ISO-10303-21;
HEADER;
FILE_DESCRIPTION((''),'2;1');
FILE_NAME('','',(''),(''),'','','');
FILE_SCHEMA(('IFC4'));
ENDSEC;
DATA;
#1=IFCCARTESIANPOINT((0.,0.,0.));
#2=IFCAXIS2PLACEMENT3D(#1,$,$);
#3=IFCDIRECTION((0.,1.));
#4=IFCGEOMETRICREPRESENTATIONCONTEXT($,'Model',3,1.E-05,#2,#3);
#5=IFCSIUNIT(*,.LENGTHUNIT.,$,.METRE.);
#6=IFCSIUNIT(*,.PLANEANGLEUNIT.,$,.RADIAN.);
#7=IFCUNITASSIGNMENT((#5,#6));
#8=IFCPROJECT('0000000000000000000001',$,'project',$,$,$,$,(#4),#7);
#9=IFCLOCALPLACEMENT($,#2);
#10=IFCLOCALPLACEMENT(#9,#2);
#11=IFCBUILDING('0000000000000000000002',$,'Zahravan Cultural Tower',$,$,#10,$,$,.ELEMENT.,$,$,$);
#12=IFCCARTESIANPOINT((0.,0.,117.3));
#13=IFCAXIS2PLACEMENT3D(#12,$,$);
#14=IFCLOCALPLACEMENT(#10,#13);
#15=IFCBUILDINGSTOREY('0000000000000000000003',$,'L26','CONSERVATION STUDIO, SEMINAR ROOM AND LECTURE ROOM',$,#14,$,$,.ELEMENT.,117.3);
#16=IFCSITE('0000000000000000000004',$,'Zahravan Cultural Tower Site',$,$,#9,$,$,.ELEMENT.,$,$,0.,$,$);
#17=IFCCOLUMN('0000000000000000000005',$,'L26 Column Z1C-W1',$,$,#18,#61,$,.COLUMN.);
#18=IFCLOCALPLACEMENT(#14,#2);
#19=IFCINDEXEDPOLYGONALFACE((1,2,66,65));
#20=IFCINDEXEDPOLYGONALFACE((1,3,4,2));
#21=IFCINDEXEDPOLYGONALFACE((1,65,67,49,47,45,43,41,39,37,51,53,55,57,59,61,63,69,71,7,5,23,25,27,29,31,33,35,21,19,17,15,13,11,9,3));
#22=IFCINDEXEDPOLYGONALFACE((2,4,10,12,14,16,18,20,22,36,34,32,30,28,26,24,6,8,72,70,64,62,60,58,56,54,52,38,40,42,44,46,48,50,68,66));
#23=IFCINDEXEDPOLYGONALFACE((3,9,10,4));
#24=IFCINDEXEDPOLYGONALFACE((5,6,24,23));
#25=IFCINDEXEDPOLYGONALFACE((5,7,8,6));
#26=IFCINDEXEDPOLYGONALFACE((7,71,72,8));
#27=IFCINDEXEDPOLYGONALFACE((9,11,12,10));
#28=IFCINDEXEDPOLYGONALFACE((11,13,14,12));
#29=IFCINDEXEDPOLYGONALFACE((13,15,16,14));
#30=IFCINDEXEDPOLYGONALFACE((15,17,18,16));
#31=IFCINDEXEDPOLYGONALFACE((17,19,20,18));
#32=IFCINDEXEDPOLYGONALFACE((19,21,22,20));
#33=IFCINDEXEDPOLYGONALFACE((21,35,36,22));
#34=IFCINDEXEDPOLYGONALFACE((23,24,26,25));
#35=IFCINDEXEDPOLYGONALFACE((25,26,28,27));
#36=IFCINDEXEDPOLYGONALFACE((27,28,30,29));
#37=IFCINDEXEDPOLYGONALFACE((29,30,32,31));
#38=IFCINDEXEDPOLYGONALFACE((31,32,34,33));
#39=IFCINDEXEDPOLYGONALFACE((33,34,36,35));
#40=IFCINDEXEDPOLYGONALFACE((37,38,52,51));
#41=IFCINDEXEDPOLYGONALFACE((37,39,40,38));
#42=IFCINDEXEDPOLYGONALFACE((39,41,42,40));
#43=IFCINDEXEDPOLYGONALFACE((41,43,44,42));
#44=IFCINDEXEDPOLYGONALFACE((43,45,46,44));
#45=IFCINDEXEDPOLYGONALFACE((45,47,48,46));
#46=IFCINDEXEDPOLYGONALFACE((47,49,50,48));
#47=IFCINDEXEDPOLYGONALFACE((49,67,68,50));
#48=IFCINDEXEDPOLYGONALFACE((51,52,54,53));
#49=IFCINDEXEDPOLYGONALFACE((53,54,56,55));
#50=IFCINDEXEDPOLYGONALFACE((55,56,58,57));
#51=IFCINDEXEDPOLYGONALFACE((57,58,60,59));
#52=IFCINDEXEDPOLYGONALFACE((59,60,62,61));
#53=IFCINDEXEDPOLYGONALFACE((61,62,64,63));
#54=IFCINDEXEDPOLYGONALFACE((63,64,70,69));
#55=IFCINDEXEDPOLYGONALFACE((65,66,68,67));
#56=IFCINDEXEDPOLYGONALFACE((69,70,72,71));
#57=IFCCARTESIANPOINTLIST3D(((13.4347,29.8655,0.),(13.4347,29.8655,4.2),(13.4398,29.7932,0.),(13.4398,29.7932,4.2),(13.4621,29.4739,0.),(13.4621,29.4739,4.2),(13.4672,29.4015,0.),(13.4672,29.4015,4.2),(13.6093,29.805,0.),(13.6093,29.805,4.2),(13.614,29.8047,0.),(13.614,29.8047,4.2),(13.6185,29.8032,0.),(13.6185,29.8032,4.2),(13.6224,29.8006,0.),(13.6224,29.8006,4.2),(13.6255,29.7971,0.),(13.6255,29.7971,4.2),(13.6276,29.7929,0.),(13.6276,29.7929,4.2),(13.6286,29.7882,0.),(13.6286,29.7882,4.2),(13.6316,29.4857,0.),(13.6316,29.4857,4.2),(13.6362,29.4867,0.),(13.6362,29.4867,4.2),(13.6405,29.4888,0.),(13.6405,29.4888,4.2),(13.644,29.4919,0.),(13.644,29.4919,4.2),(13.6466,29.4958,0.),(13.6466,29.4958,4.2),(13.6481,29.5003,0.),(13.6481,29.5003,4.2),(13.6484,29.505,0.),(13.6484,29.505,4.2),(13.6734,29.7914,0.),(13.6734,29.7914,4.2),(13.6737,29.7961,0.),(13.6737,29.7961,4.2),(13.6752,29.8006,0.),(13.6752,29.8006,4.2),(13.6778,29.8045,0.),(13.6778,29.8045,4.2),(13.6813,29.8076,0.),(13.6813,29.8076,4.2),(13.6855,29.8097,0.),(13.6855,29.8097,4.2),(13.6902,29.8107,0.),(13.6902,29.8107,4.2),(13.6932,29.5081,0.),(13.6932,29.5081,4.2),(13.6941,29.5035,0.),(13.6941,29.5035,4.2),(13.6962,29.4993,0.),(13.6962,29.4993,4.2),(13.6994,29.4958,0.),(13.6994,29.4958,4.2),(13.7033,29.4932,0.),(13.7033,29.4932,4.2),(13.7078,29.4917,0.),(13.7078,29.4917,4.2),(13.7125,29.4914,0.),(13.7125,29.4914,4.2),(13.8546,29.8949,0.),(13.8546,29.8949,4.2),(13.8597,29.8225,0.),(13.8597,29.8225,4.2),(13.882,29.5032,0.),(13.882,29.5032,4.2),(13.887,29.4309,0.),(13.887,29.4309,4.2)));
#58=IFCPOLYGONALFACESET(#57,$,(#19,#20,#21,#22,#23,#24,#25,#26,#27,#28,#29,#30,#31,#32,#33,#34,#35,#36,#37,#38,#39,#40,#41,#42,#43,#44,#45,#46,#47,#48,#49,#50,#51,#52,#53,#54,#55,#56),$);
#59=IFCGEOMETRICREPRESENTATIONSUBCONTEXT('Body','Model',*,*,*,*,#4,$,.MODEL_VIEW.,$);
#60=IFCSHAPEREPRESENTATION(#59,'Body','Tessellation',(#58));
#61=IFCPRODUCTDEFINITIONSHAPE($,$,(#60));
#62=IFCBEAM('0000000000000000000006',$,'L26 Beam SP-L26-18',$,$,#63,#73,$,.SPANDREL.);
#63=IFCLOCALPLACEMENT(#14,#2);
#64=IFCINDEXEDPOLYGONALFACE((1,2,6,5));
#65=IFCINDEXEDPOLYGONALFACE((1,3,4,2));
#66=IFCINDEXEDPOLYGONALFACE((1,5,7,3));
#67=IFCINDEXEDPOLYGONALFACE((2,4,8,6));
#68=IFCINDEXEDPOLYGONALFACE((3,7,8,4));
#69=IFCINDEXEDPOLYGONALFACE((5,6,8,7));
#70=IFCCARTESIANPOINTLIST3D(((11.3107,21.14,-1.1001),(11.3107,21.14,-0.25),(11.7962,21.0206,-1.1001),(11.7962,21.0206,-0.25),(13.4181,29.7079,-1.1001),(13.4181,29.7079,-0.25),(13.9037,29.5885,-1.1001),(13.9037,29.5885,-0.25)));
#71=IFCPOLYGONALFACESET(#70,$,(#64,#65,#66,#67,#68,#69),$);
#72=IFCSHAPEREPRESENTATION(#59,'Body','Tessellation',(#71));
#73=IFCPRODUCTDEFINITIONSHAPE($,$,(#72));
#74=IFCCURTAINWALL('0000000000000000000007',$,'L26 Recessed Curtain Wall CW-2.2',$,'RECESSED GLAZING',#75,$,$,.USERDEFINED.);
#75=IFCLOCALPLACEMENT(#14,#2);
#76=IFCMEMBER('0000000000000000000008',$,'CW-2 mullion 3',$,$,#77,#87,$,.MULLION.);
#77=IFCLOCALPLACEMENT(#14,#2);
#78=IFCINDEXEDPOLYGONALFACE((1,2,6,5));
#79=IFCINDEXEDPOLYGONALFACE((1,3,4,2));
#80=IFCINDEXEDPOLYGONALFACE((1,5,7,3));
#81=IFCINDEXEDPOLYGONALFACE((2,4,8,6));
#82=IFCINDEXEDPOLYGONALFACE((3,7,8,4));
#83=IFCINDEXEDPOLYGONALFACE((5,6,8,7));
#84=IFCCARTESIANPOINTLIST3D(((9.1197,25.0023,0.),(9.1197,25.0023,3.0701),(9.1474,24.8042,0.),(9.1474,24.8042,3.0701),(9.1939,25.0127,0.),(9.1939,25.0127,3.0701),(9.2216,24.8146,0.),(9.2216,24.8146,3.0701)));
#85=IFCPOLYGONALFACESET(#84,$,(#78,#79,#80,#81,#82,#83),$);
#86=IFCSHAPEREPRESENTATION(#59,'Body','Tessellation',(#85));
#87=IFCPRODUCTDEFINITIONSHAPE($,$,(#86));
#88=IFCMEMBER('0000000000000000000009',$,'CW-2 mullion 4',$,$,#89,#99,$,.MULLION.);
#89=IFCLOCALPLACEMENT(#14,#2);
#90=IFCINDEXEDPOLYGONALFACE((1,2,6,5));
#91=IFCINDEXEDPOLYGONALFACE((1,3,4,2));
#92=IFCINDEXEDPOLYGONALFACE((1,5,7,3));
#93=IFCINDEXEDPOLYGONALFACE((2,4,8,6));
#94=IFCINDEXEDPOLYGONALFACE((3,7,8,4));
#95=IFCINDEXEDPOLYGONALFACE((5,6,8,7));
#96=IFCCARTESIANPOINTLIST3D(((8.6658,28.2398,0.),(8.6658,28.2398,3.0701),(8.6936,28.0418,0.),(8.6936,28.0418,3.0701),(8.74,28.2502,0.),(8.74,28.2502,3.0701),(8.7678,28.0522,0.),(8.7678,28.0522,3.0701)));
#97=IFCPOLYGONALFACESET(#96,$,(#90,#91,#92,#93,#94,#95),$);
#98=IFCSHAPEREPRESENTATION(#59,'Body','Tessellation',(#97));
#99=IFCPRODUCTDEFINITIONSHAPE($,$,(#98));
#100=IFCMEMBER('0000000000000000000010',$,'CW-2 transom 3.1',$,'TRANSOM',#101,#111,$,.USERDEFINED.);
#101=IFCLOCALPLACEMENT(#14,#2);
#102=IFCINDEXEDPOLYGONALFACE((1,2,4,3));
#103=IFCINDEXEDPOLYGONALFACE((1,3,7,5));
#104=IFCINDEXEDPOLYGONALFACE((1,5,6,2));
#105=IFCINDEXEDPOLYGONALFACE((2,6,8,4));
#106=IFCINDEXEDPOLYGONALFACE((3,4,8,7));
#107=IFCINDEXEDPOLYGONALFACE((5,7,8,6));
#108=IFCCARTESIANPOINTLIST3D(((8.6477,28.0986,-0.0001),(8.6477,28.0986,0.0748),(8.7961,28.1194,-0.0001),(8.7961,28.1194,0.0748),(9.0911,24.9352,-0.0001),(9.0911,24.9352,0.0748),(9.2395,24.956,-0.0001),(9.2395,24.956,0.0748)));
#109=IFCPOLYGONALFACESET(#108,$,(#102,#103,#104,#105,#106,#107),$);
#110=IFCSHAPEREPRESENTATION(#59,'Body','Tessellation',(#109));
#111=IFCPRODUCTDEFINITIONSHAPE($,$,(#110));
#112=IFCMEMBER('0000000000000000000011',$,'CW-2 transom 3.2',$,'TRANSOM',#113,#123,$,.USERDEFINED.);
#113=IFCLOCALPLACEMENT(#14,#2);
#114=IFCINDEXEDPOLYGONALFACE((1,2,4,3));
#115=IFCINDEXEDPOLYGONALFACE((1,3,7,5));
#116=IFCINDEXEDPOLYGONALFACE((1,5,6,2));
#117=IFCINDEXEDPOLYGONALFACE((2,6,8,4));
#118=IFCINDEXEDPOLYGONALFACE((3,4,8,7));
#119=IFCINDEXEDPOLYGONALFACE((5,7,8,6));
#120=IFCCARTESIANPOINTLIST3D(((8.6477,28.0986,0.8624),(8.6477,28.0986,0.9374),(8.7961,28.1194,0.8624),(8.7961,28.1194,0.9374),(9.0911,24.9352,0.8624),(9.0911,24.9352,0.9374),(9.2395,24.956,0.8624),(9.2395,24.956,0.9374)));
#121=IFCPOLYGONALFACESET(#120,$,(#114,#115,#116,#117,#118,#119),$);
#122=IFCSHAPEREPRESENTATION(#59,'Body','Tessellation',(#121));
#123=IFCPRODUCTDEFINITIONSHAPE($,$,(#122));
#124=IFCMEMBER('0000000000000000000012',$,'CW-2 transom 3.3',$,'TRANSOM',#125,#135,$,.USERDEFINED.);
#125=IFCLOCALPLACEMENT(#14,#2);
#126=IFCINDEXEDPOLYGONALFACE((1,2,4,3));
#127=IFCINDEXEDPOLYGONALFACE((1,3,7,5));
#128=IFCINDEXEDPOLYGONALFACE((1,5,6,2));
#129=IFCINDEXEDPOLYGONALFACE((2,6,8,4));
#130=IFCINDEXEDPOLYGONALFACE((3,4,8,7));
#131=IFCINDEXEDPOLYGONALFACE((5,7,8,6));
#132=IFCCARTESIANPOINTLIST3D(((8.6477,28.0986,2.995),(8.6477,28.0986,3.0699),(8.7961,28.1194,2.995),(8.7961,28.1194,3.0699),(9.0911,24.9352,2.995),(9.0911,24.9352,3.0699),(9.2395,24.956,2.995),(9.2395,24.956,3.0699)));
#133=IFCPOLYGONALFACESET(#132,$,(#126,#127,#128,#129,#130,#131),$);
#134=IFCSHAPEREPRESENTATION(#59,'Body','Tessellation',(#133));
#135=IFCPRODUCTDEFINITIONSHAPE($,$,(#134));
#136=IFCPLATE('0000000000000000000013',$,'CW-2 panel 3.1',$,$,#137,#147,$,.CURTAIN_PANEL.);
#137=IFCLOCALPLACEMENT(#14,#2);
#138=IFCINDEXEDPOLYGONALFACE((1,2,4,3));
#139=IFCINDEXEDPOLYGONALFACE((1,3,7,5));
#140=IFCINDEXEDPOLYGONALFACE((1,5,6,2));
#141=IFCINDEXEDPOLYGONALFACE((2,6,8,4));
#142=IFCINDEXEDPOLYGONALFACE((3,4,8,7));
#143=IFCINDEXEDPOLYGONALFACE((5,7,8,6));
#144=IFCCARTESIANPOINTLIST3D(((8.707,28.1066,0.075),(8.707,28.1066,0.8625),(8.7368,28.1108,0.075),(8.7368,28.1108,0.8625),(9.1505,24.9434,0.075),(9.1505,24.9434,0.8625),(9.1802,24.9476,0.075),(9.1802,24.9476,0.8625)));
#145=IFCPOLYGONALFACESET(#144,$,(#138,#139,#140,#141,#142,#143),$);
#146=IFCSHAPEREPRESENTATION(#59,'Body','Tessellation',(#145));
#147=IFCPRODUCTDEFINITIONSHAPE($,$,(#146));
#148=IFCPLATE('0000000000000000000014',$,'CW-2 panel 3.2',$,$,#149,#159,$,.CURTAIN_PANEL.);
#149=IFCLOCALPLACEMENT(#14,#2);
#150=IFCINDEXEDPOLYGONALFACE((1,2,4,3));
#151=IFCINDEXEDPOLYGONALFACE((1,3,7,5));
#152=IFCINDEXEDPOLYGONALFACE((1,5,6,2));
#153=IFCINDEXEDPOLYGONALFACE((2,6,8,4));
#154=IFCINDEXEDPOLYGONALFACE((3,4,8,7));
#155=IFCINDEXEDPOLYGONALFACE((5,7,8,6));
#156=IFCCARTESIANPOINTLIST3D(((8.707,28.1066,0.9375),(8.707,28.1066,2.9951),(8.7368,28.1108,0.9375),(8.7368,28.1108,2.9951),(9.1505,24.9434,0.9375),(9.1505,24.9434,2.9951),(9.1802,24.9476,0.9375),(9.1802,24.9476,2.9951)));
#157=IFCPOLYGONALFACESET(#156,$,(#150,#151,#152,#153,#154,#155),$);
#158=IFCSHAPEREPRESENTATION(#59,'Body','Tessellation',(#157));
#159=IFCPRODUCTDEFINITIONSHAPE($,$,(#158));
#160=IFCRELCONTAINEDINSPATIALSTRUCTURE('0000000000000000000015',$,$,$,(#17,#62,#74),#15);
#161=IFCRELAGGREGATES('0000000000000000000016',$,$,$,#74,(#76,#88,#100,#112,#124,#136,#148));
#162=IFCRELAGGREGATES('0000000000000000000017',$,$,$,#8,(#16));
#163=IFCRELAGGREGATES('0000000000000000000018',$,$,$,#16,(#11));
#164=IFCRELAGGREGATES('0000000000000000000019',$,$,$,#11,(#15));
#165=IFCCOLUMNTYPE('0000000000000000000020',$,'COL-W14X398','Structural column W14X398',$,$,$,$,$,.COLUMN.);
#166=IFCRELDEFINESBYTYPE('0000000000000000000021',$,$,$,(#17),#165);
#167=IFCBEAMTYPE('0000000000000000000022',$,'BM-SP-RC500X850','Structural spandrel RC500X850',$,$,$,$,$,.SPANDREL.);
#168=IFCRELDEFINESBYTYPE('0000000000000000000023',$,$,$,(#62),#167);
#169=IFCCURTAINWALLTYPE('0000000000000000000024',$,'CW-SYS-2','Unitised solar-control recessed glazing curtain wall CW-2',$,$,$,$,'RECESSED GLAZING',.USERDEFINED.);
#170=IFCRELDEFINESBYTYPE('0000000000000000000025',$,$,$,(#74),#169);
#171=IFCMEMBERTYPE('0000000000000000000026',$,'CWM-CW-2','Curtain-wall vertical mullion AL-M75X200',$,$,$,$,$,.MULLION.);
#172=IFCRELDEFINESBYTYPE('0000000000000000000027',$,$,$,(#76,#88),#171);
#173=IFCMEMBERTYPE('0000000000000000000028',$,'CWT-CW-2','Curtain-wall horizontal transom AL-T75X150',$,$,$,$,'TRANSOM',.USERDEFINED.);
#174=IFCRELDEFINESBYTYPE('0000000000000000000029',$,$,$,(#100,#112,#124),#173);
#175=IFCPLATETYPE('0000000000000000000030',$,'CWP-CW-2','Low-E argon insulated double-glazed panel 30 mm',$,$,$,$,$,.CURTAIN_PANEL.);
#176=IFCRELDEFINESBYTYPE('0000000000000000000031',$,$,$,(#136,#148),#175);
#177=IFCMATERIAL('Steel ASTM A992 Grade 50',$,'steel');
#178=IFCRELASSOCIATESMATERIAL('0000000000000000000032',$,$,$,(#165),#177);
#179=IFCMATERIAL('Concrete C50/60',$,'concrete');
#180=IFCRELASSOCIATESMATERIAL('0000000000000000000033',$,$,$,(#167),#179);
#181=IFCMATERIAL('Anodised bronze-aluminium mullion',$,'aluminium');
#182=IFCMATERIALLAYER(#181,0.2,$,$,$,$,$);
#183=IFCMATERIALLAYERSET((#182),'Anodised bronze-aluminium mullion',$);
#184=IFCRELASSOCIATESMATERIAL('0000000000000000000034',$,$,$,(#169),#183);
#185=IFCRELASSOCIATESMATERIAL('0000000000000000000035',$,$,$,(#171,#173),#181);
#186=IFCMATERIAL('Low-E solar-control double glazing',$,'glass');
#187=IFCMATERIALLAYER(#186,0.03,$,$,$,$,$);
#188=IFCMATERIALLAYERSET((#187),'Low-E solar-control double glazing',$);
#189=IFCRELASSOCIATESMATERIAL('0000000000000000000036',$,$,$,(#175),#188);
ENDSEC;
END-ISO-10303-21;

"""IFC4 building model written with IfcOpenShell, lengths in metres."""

from ifc_helpers import new_model, si_unit, direction, frame, origin, origin_2d, place, context, subcontext, project, spatial, rectangle, i_section, extrude, source, transform, mapped, material, layer, layer_set, material_profile, profile_set, type_object, element, aggregate, save


model = new_model("IFC4")

# Units and contexts
model_context = context("Model", 3, precision=1e-05, world=origin(), true_north=direction((0.0, 1.0)))
body_context = subcontext(model_context, "Body", "Model", "MODEL_VIEW")
ifc_project = project(units=[si_unit("LENGTHUNIT", "METRE"), si_unit("PLANEANGLEUNIT", "RADIAN")], contexts=[model_context])

# Site, building, storey
site_placement = place(None, origin())
site = spatial("IfcSite", under=ifc_project, at=site_placement, Name="Zahravan Cultural Tower Site", CompositionType="ELEMENT", RefElevation=0.0)
building_placement = place(site_placement, origin())
building = spatial("IfcBuilding", under=site, at=building_placement, Name="Zahravan Cultural Tower", CompositionType="ELEMENT")
storey_placement = place(building_placement, frame((0.0, 0.0, 117.3)))
storey = spatial("IfcBuildingStorey", under=building, at=storey_placement, Name="L26", Description="CONSERVATION STUDIO, SEMINAR ROOM AND LECTURE ROOM", CompositionType="ELEMENT", Elevation=117.3)

# Column
ifc_material_1 = material(Name="Steel ASTM A992 Grade 50", Category="steel")
ifc_material_profile_1 = material_profile(ifc_material_1, i_section(OverallWidth=0.4209, OverallDepth=0.4651, WebThickness=0.0449, FlangeThickness=0.0725, FilletRadius=0.0181, at=origin_2d()), Name="W14X398")
ifc_profile_set_1 = profile_set([ifc_material_profile_1], Name="Steel ASTM A992 Grade 50")
column_type = type_object("IfcColumnType", Name="COL-W14X398", Description="Structural column W14X398", PredefinedType="COLUMN", material=ifc_profile_set_1)
shared_shape_1 = source(origin(), body_context, "Body", "SweptSolid", [
    extrude(i_section(OverallWidth=0.4209, OverallDepth=0.4651, WebThickness=0.0449, FlangeThickness=0.0725, FilletRadius=0.0181, at=origin_2d()), origin(), (0.0, 0.0, 1.0), 4.2),
])
column_placement = place(storey_placement, frame((13.6609, 29.6482, 0.0), z_axis=(0.0, 0.0, 1.0), x_axis=(0.997564, 0.069756, 0.0)))
element("IfcColumn", 1, at=column_placement, inside=storey, type_object=column_type, Name="L26 Column Z1C-W1", PredefinedType="COLUMN", context=body_context, shape_type="MappedRepresentation", body=[
    mapped(shared_shape_1, transform((0.0, 0.0, 0.0), x_axis=(1.0, 0.0, 0.0), y_axis=(0.0, 1.0, 0.0), z_axis=(0.0, 0.0, 1.0), scale=1.0)),
])

# Beam
ifc_material_2 = material(Name="Concrete C50/60", Category="concrete")
ifc_material_profile_2 = material_profile(ifc_material_2, rectangle(XDim=0.5, YDim=0.8501, at=origin_2d()), Name="RC500X850")
ifc_profile_set_2 = profile_set([ifc_material_profile_2], Name="Concrete C50/60")
beam_type = type_object("IfcBeamType", Name="BM-SP-RC500X850", Description="Structural spandrel RC500X850", PredefinedType="SPANDREL", material=ifc_profile_set_2)
shared_shape_2 = source(origin(), body_context, "Body", "SweptSolid", [
    extrude(rectangle(XDim=0.5, YDim=0.8501, at=origin_2d()), origin(), (0.0, 0.0, 1.0), 8.8232),
])
beam_placement = place(storey_placement, frame((13.6609, 29.6482, -0.675), z_axis=(-0.238849, -0.971057, 0.0), x_axis=(0.971057, -0.238849, 0.0)))
element("IfcBeam", 2, at=beam_placement, inside=storey, type_object=beam_type, Name="L26 Beam SP-L26-18", PredefinedType="SPANDREL", context=body_context, shape_type="MappedRepresentation", body=[
    mapped(shared_shape_2, transform((0.0, 0.0, 0.0), x_axis=(1.0, 0.0, 0.0), y_axis=(0.0, 1.0, 0.0), z_axis=(0.0, 0.0, 1.0), scale=1.0)),
])

# Curtain wall, members, plates
ifc_material_3 = material(Name="Anodised bronze-aluminium mullion", Category="aluminium")
ifc_layer_1 = layer(ifc_material_3, 0.2)
ifc_layer_set_1 = layer_set([ifc_layer_1], Name="Anodised bronze-aluminium mullion")
curtain_wall_type = type_object("IfcCurtainWallType", Name="CW-SYS-2", Description="Unitised solar-control recessed glazing curtain wall CW-2", ElementType="RECESSED GLAZING", PredefinedType="USERDEFINED", material=ifc_layer_set_1)
curtain_wall_placement = place(storey_placement, origin())
curtain_wall = element("IfcCurtainWall", 3, at=curtain_wall_placement, inside=storey, type_object=curtain_wall_type, Name="L26 Recessed Curtain Wall CW-2.2", ObjectType="RECESSED GLAZING", PredefinedType="USERDEFINED")
ifc_material_profile_3 = material_profile(ifc_material_3, rectangle(XDim=0.075, YDim=0.2, at=origin_2d()), Name="AL-M75X200")
ifc_profile_set_3 = profile_set([ifc_material_profile_3], Name="Anodised bronze-aluminium mullion")
member_type_1 = type_object("IfcMemberType", Name="CWM-CW-2", Description="Curtain-wall vertical mullion AL-M75X200", PredefinedType="MULLION", material=ifc_profile_set_3)
shared_shape_3 = source(origin(), body_context, "Body", "SweptSolid", [
    extrude(rectangle(XDim=0.075, YDim=0.2, at=origin_2d()), origin(), (0.0, 0.0, 1.0), 3.0701),
])
member_1_placement = place(storey_placement, frame((9.1707, 24.9084, 0.0), z_axis=(0.0, 0.0, 1.0), x_axis=(-0.990316, -0.13883, 0.0)))
member_1 = element("IfcMember", 4, at=member_1_placement, type_object=member_type_1, Name="CW-2 mullion 3", PredefinedType="MULLION", context=body_context, shape_type="MappedRepresentation", body=[
    mapped(shared_shape_3, transform((0.0, 0.0, 0.0), x_axis=(1.0, 0.0, 0.0), y_axis=(0.0, 1.0, 0.0), z_axis=(0.0, 0.0, 1.0), scale=1.0)),
])
member_2_placement = place(storey_placement, frame((8.7168, 28.146, 0.0), z_axis=(0.0, 0.0, 1.0), x_axis=(-0.990316, -0.13883, 0.0)))
member_2 = element("IfcMember", 5, at=member_2_placement, type_object=member_type_1, Name="CW-2 mullion 4", PredefinedType="MULLION", context=body_context, shape_type="MappedRepresentation", body=[
    mapped(shared_shape_3, transform((0.0, 0.0, 0.0), x_axis=(1.0, 0.0, 0.0), y_axis=(0.0, 1.0, 0.0), z_axis=(0.0, 0.0, 1.0), scale=1.0)),
])
ifc_material_profile_4 = material_profile(ifc_material_3, rectangle(XDim=0.1499, YDim=0.075, at=origin_2d()), Name="AL-T75X150")
ifc_profile_set_4 = profile_set([ifc_material_profile_4], Name="Anodised bronze-aluminium mullion")
member_type_2 = type_object("IfcMemberType", Name="CWT-CW-2", Description="Curtain-wall horizontal transom AL-T75X150", ElementType="TRANSOM", PredefinedType="USERDEFINED", material=ifc_profile_set_4)
shared_shape_4 = source(origin(), body_context, "Body", "SweptSolid", [
    extrude(rectangle(XDim=0.1499, YDim=0.075, at=origin_2d()), origin(), (0.0, 0.0, 1.0), 3.1943),
])
member_3_placement = place(storey_placement, frame((9.1653, 24.9456, 0.0374), z_axis=(-0.138799, 0.990321, 0.0), x_axis=(-0.990321, -0.138799, 0.0)))
member_3 = element("IfcMember", 6, at=member_3_placement, type_object=member_type_2, Name="CW-2 transom 3.1", ObjectType="TRANSOM", PredefinedType="USERDEFINED", context=body_context, shape_type="MappedRepresentation", body=[
    mapped(shared_shape_4, transform((0.0, 0.0, 0.0), x_axis=(1.0, 0.0, 0.0), y_axis=(0.0, 1.0, 0.0), z_axis=(0.0, 0.0, 1.0), scale=1.0)),
])
member_4_placement = place(storey_placement, frame((9.1653, 24.9456, 0.8999), z_axis=(-0.138799, 0.990321, 0.0), x_axis=(-0.990321, -0.138799, 0.0)))
member_4 = element("IfcMember", 7, at=member_4_placement, type_object=member_type_2, Name="CW-2 transom 3.2", ObjectType="TRANSOM", PredefinedType="USERDEFINED", context=body_context, shape_type="MappedRepresentation", body=[
    mapped(shared_shape_4, transform((0.0, 0.0, 0.0), x_axis=(1.0, 0.0, 0.0), y_axis=(0.0, 1.0, 0.0), z_axis=(0.0, 0.0, 1.0), scale=1.0)),
])
member_5_placement = place(storey_placement, frame((9.1653, 24.9456, 3.0325), z_axis=(-0.138799, 0.990321, 0.0), x_axis=(-0.990321, -0.138799, 0.0)))
member_5 = element("IfcMember", 8, at=member_5_placement, type_object=member_type_2, Name="CW-2 transom 3.3", ObjectType="TRANSOM", PredefinedType="USERDEFINED", context=body_context, shape_type="MappedRepresentation", body=[
    mapped(shared_shape_4, transform((0.0, 0.0, 0.0), x_axis=(1.0, 0.0, 0.0), y_axis=(0.0, 1.0, 0.0), z_axis=(0.0, 0.0, 1.0), scale=1.0)),
])
ifc_material_4 = material(Name="Low-E solar-control double glazing", Category="glass")
ifc_layer_2 = layer(ifc_material_4, 0.03)
ifc_layer_set_2 = layer_set([ifc_layer_2], Name="Low-E solar-control double glazing")
plate_type = type_object("IfcPlateType", Name="CWP-CW-2", Description="Low-E argon insulated double-glazed panel 30 mm", PredefinedType="CURTAIN_PANEL", material=ifc_layer_set_2)
shared_shape_5 = source(origin(), body_context, "Body", "SweptSolid", [
    extrude(rectangle(XDim=3.1941, YDim=0.03, at=origin_2d()), origin(), (0.0, 0.0, 1.0), 0.7876),
])
plate_1_placement = place(storey_placement, frame((8.9436, 26.5271, 0.075), z_axis=(0.0, 0.0, 1.0), x_axis=(-0.13883, 0.990316, 0.0)))
plate_1 = element("IfcPlate", 9, at=plate_1_placement, type_object=plate_type, Name="CW-2 panel 3.1", PredefinedType="CURTAIN_PANEL", context=body_context, shape_type="MappedRepresentation", body=[
    mapped(shared_shape_5, transform((0.0, 0.0, 0.0), x_axis=(1.0, 0.0, 0.0), y_axis=(0.0, 1.0, 0.0), z_axis=(0.0, 0.0, 1.0), scale=1.0)),
])
shared_shape_6 = source(origin(), body_context, "Body", "SweptSolid", [
    extrude(rectangle(XDim=3.1941, YDim=0.03, at=origin_2d()), origin(), (0.0, 0.0, 1.0), 2.0576),
])
plate_2_placement = place(storey_placement, frame((8.9436, 26.5271, 0.9375), z_axis=(0.0, 0.0, 1.0), x_axis=(-0.13883, 0.990316, 0.0)))
plate_2 = element("IfcPlate", 10, at=plate_2_placement, type_object=plate_type, Name="CW-2 panel 3.2", PredefinedType="CURTAIN_PANEL", context=body_context, shape_type="MappedRepresentation", body=[
    mapped(shared_shape_6, transform((0.0, 0.0, 0.0), x_axis=(1.0, 0.0, 0.0), y_axis=(0.0, 1.0, 0.0), z_axis=(0.0, 0.0, 1.0), scale=1.0)),
])
aggregate(curtain_wall, [member_1, member_2, member_3, member_4, member_5, plate_1, plate_2])

save(model, "model.ifc")
